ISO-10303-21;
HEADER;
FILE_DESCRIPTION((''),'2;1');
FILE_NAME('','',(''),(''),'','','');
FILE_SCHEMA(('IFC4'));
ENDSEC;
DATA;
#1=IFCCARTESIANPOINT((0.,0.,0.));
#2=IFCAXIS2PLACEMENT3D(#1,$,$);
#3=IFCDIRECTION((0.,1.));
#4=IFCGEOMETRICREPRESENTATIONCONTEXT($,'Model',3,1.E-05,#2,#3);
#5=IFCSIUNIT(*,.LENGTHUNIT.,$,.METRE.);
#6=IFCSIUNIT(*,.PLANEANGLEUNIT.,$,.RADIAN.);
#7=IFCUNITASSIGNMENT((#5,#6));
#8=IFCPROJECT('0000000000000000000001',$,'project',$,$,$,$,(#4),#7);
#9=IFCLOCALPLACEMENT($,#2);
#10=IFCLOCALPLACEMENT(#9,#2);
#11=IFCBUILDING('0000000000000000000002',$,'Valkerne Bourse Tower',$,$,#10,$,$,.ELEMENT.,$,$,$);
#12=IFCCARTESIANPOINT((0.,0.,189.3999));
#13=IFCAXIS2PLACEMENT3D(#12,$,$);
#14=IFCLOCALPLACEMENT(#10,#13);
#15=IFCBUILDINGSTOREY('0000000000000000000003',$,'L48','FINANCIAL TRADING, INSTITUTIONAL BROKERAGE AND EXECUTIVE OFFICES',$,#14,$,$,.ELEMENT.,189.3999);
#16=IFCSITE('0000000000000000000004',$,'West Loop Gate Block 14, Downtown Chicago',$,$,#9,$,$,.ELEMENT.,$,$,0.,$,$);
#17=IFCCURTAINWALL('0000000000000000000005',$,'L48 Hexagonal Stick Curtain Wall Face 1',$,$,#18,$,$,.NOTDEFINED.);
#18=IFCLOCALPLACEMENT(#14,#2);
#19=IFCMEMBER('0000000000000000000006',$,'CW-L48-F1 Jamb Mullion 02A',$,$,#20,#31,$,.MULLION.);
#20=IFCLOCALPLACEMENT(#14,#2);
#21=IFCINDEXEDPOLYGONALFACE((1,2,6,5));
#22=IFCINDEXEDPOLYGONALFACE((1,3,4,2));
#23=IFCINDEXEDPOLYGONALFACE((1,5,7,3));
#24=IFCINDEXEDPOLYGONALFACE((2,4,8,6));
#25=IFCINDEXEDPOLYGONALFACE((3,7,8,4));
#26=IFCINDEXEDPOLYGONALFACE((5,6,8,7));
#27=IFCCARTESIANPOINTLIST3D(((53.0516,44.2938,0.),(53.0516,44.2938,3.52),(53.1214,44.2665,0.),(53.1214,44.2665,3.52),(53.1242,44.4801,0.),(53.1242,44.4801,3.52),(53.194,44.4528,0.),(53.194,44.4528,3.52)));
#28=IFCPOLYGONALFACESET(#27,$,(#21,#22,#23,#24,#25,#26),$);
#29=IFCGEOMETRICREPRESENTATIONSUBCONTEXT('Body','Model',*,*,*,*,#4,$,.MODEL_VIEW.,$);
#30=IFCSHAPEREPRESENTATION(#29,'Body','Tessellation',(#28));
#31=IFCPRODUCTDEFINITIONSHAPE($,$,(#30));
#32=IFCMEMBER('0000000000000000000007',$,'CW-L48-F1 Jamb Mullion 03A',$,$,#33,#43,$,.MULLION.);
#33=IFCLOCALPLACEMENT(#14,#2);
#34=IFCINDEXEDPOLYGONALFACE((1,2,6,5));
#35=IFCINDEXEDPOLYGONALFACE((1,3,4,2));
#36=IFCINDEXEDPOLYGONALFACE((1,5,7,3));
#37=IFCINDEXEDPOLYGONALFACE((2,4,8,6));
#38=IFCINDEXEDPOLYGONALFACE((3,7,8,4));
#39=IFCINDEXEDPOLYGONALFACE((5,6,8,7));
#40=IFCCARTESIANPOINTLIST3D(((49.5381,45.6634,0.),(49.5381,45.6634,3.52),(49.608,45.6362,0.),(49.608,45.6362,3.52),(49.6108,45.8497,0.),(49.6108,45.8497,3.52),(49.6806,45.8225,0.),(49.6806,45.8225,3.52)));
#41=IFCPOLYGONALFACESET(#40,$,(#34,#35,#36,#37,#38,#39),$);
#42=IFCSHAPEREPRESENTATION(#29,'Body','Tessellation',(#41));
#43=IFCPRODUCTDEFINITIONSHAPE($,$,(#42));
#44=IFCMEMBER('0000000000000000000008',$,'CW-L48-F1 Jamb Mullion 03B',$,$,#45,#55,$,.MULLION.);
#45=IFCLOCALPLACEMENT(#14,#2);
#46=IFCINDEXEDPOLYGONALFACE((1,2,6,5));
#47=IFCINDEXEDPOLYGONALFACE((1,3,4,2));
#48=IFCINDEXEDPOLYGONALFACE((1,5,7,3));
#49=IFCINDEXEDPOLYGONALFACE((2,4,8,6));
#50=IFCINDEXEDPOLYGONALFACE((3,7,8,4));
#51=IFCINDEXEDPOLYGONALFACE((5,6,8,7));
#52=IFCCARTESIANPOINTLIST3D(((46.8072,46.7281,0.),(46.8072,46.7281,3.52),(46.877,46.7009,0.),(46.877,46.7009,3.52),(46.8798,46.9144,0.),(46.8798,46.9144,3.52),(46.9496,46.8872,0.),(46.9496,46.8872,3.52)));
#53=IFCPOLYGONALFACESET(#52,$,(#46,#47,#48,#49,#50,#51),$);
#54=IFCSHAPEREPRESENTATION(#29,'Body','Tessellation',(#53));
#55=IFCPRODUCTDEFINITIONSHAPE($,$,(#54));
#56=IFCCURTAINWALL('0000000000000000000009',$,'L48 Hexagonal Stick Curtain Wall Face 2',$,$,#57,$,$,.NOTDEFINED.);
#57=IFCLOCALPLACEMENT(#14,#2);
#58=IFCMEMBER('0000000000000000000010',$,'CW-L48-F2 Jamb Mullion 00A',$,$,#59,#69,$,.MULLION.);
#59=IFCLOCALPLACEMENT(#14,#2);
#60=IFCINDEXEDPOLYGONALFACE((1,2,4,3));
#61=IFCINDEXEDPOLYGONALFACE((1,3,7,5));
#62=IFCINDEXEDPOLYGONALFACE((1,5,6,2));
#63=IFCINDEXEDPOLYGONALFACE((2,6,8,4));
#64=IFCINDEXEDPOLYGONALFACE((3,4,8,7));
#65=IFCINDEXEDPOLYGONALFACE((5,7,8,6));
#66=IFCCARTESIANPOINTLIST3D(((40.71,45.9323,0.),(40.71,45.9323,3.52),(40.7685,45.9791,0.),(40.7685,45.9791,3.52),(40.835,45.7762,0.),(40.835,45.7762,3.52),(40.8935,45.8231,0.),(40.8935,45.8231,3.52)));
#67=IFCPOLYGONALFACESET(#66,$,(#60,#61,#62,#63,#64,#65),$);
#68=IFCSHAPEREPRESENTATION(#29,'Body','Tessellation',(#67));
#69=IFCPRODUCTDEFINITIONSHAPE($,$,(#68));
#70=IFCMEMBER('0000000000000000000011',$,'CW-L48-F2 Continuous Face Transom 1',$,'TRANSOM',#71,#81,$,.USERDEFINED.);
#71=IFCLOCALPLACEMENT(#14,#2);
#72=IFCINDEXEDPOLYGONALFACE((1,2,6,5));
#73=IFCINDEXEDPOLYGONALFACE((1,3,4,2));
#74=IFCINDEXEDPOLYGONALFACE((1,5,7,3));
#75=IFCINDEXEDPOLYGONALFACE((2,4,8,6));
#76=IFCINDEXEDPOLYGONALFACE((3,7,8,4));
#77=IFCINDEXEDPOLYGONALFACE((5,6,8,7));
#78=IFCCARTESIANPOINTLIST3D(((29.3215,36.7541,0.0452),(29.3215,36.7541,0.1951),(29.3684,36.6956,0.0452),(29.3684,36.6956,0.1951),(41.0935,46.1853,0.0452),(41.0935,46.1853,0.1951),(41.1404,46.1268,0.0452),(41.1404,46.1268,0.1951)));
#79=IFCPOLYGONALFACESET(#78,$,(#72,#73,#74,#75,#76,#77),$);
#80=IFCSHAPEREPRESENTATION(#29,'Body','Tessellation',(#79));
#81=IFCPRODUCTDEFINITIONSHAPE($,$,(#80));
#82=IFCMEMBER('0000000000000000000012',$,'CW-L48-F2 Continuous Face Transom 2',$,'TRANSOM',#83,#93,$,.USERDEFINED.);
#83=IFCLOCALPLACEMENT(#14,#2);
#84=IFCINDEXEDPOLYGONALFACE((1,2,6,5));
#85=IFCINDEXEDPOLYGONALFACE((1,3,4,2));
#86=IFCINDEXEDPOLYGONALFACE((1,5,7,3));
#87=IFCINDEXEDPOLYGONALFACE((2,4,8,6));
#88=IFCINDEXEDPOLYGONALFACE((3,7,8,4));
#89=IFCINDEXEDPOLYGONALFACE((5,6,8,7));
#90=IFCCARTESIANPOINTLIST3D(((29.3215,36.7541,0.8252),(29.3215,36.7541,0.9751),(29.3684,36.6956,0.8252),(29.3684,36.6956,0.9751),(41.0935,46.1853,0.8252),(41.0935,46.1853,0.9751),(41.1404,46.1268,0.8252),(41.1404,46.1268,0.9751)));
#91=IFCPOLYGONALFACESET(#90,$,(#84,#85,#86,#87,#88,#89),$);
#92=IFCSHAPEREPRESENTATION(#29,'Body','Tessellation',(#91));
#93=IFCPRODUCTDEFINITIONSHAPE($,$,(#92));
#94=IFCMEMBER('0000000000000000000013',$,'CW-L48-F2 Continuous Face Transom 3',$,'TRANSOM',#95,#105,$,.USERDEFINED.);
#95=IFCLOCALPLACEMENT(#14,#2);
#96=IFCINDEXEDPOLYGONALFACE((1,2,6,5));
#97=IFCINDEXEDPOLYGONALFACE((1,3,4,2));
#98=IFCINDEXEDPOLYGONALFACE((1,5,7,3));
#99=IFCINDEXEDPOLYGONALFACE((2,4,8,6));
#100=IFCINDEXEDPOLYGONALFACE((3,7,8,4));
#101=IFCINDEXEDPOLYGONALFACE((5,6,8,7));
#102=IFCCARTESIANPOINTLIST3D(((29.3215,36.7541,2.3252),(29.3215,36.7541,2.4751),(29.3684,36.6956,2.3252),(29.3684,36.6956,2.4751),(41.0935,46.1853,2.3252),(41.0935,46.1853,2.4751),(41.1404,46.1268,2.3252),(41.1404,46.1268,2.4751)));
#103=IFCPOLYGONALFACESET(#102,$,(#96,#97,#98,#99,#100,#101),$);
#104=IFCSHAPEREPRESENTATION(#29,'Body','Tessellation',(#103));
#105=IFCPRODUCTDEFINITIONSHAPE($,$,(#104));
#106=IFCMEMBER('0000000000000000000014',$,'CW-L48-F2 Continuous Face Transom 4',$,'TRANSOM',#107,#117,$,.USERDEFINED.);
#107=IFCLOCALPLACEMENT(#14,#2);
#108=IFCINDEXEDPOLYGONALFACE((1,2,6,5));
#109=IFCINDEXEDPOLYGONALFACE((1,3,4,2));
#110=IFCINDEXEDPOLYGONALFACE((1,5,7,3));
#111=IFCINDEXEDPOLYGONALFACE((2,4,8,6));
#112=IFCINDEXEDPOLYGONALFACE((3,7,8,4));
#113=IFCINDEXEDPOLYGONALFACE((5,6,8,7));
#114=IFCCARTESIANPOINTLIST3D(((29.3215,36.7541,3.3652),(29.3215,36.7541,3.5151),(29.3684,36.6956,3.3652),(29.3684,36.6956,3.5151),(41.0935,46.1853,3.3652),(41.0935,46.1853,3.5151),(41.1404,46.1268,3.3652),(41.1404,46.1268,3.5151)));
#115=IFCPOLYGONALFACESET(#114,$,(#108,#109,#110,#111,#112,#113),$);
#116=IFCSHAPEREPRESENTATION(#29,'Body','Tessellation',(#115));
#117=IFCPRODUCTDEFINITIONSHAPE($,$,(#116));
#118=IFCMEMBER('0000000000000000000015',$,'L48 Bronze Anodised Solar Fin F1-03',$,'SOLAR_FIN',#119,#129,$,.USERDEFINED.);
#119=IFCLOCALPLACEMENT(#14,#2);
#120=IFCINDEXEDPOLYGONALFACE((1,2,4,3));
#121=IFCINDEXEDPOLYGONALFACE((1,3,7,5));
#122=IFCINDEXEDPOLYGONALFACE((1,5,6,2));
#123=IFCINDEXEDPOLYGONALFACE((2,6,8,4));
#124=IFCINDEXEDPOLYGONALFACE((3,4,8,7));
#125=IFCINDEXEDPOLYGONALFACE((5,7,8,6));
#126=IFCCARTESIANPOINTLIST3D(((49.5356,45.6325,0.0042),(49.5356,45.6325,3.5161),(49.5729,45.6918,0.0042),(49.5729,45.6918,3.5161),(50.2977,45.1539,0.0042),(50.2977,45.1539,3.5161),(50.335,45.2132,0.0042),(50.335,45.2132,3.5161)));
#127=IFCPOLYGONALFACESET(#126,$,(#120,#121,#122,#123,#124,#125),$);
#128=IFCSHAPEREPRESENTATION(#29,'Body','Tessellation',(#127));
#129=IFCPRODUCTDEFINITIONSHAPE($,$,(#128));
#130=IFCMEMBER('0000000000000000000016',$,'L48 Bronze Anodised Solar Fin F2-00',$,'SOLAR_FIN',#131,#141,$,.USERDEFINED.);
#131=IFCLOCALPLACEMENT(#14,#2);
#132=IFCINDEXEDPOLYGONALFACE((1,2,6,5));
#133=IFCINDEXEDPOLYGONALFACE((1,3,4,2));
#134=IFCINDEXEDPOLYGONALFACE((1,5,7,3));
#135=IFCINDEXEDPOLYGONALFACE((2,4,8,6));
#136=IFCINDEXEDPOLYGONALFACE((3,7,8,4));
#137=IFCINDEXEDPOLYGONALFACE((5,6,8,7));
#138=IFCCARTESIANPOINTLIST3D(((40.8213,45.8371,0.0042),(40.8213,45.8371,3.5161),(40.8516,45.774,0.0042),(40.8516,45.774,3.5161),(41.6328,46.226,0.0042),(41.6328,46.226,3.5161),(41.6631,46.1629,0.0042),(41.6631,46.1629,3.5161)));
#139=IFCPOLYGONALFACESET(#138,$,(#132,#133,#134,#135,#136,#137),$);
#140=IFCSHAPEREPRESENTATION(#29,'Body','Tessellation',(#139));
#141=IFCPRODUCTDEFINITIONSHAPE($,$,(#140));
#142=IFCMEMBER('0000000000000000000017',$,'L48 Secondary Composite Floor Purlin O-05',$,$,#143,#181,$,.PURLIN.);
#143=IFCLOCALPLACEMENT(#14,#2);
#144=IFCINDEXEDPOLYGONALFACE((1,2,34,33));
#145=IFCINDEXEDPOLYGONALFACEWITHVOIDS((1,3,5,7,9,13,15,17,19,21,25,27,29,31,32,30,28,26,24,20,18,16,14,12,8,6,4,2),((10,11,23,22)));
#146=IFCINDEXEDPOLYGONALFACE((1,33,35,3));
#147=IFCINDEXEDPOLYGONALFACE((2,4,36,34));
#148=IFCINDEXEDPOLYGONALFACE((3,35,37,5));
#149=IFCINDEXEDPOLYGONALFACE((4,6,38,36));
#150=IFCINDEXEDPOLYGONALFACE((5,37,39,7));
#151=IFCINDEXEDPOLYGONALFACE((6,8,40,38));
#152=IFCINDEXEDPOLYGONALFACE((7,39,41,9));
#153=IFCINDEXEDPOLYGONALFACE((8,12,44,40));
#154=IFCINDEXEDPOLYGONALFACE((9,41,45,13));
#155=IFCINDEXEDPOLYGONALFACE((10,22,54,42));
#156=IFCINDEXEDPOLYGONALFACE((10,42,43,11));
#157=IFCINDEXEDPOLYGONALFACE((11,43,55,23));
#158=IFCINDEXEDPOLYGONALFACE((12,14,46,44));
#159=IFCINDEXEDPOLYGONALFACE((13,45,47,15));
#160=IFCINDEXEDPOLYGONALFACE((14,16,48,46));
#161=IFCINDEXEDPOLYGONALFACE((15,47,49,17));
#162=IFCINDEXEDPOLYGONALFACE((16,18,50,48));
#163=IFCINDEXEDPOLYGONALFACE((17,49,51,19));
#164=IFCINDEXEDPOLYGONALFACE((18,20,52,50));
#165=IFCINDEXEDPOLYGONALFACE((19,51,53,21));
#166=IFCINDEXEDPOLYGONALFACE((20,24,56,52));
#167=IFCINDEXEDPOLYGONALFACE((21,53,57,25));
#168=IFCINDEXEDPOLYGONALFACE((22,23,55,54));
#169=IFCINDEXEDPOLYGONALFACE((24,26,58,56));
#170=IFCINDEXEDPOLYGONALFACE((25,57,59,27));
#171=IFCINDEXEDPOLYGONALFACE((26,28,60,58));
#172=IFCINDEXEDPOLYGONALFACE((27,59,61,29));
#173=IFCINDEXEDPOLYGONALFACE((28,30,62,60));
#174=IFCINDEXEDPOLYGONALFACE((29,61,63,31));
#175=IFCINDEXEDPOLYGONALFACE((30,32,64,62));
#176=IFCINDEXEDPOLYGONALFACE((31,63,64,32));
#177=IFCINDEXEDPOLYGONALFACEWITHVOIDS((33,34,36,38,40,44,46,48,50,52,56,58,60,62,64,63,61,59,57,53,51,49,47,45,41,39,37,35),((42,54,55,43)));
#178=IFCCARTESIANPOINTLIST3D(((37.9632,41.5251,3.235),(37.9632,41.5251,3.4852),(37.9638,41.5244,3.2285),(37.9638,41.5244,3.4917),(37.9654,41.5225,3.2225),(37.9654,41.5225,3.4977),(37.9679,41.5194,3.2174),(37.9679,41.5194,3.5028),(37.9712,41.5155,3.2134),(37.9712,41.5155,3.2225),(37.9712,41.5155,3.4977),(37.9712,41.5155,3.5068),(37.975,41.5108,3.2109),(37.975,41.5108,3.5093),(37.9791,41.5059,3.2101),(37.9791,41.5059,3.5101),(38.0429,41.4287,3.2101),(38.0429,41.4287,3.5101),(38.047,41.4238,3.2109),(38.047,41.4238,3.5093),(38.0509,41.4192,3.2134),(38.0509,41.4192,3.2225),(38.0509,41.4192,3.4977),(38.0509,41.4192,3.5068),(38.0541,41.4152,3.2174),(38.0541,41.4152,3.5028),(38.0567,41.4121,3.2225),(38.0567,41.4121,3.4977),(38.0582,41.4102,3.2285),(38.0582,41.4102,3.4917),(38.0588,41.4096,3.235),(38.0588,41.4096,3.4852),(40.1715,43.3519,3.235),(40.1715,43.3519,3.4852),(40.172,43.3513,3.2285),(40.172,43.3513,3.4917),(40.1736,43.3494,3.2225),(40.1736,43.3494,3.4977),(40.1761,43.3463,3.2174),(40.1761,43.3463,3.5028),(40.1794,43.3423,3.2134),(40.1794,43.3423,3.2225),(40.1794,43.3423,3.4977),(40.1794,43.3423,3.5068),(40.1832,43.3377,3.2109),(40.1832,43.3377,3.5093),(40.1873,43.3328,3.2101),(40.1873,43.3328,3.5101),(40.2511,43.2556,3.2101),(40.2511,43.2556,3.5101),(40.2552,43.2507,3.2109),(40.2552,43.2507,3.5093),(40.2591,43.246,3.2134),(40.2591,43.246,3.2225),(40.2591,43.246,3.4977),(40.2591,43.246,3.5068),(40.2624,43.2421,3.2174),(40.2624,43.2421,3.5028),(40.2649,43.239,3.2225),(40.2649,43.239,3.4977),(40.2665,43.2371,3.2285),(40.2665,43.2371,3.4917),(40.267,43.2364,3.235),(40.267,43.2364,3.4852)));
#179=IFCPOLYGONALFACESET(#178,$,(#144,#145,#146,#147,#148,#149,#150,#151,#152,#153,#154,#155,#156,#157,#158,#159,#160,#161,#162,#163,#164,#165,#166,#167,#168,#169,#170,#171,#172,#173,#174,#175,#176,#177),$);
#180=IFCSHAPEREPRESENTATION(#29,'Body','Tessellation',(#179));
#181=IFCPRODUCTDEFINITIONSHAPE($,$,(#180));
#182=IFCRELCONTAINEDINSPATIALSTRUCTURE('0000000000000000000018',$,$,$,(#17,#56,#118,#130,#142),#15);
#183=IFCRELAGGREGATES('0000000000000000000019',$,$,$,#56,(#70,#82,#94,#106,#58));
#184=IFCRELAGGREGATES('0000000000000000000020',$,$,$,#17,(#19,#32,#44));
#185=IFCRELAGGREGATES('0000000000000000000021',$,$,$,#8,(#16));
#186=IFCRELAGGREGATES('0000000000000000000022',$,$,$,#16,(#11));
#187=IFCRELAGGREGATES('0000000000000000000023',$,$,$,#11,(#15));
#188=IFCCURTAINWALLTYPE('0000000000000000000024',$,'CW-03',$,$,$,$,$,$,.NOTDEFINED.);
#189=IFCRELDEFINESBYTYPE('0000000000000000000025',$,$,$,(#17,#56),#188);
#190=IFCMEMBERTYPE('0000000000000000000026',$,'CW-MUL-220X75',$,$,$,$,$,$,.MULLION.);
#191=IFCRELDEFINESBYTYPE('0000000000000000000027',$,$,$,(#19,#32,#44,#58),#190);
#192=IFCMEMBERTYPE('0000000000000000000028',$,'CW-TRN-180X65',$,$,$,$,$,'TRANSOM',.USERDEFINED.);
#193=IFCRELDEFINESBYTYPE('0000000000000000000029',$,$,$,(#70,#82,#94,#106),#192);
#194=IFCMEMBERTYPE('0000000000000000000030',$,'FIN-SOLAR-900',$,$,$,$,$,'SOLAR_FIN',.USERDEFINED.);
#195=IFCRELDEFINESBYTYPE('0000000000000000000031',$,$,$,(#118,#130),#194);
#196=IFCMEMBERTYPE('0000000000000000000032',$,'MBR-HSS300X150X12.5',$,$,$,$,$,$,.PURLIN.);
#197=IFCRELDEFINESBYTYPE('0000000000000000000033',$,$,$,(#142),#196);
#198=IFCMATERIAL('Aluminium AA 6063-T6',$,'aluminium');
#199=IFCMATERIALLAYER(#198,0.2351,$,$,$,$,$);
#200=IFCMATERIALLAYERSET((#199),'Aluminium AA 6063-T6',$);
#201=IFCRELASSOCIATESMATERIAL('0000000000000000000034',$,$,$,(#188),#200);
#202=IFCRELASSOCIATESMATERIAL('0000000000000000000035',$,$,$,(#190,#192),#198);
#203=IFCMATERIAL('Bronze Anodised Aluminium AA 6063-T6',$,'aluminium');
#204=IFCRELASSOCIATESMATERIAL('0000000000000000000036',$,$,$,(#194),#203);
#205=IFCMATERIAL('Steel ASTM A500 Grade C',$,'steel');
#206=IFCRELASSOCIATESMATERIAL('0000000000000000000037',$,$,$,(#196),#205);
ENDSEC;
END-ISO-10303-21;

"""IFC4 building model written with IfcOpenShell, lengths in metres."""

from ifc_helpers import new_model, si_unit, direction, frame, origin, origin_2d, place, context, subcontext, project, spatial, rectangle, hollow_rectangle, extrude, material, layer, layer_set, material_profile, profile_set, type_object, element, aggregate, save


model = new_model("IFC4")

# Units and contexts
model_context = context("Model", 3, precision=1e-05, world=origin(), true_north=direction((0.0, 1.0)))
body_context = subcontext(model_context, "Body", "Model", "MODEL_VIEW")
ifc_project = project(units=[si_unit("LENGTHUNIT", "METRE"), si_unit("PLANEANGLEUNIT", "RADIAN")], contexts=[model_context])

# Site, building, storey
site_placement = place(None, origin())
site = spatial("IfcSite", under=ifc_project, at=site_placement, Name="West Loop Gate Block 14, Downtown Chicago", CompositionType="ELEMENT", RefElevation=0.0)
building_placement = place(site_placement, origin())
building = spatial("IfcBuilding", under=site, at=building_placement, Name="Valkerne Bourse Tower", CompositionType="ELEMENT")
storey_placement = place(building_placement, frame((0.0, 0.0, 189.3999)))
storey = spatial("IfcBuildingStorey", under=building, at=storey_placement, Name="L48", Description="FINANCIAL TRADING, INSTITUTIONAL BROKERAGE AND EXECUTIVE OFFICES", CompositionType="ELEMENT", Elevation=189.3999)

# Curtain walls, members
ifc_material_1 = material(Name="Aluminium AA 6063-T6", Category="aluminium")
ifc_layer_1 = layer(ifc_material_1, 0.2351)
ifc_layer_set_1 = layer_set([ifc_layer_1], Name="Aluminium AA 6063-T6")
curtain_wall_type = type_object("IfcCurtainWallType", Name="CW-03", PredefinedType="NOTDEFINED", material=ifc_layer_set_1)
curtain_wall_1_placement = place(storey_placement, origin())
curtain_wall_1 = element("IfcCurtainWall", 1, at=curtain_wall_1_placement, inside=storey, type_object=curtain_wall_type, Name="L48 Hexagonal Stick Curtain Wall Face 1", PredefinedType="NOTDEFINED")
ifc_material_profile_1 = material_profile(ifc_material_1, rectangle(XDim=0.075, YDim=0.2, at=origin_2d()), Name="CWM-75X200")
ifc_profile_set_1 = profile_set([ifc_material_profile_1], Name="Aluminium AA 6063-T6")
member_type_1 = type_object("IfcMemberType", Name="CW-MUL-220X75", PredefinedType="MULLION", material=ifc_profile_set_1)
member_1_placement = place(storey_placement, frame((53.1228, 44.3733, 0.0), z_axis=(0.0, 0.0, 1.0), x_axis=(-0.931696, 0.363238, 0.0)))
member_1 = element("IfcMember", 2, at=member_1_placement, type_object=member_type_1, Name="CW-L48-F1 Jamb Mullion 02A", PredefinedType="MULLION", context=body_context, shape_type="SweptSolid", body=[
    extrude(rectangle(XDim=0.075, YDim=0.2, at=origin_2d()), origin(), (0.0, 0.0, 1.0), 3.52),
])
member_2_placement = place(storey_placement, frame((49.6094, 45.7429, 0.0), z_axis=(0.0, 0.0, 1.0), x_axis=(-0.931693, 0.363247, 0.0)))
member_2 = element("IfcMember", 3, at=member_2_placement, type_object=member_type_1, Name="CW-L48-F1 Jamb Mullion 03A", PredefinedType="MULLION", context=body_context, shape_type="SweptSolid", body=[
    extrude(rectangle(XDim=0.075, YDim=0.2, at=origin_2d()), origin(), (0.0, 0.0, 1.0), 3.52),
])
member_3_placement = place(storey_placement, frame((46.8784, 46.8076, 0.0), z_axis=(0.0, 0.0, 1.0), x_axis=(-0.931693, 0.363247, 0.0)))
member_3 = element("IfcMember", 4, at=member_3_placement, type_object=member_type_1, Name="CW-L48-F1 Jamb Mullion 03B", PredefinedType="MULLION", context=body_context, shape_type="SweptSolid", body=[
    extrude(rectangle(XDim=0.075, YDim=0.2, at=origin_2d()), origin(), (0.0, 0.0, 1.0), 3.52),
])
curtain_wall_2_placement = place(storey_placement, origin())
curtain_wall_2 = element("IfcCurtainWall", 5, at=curtain_wall_2_placement, inside=storey, type_object=curtain_wall_type, Name="L48 Hexagonal Stick Curtain Wall Face 2", PredefinedType="NOTDEFINED")
member_4_placement = place(storey_placement, frame((40.8018, 45.8777, 0.0), z_axis=(0.0, 0.0, 1.0), x_axis=(-0.780429, -0.625245, 0.0)))
member_4 = element("IfcMember", 6, at=member_4_placement, type_object=member_type_1, Name="CW-L48-F2 Jamb Mullion 00A", PredefinedType="MULLION", context=body_context, shape_type="SweptSolid", body=[
    extrude(rectangle(XDim=0.075, YDim=0.2, at=origin_2d()), origin(), (0.0, 0.0, 1.0), 3.52),
])
ifc_material_profile_2 = material_profile(ifc_material_1, rectangle(XDim=0.075, YDim=0.1499, at=origin_2d()), Name="CWT-75X150")
ifc_profile_set_2 = profile_set([ifc_material_profile_2], Name="Aluminium AA 6063-T6")
member_type_2 = type_object("IfcMemberType", Name="CW-TRN-180X65", ElementType="TRANSOM", PredefinedType="USERDEFINED", material=ifc_profile_set_2)
member_5_placement = place(storey_placement, frame((41.1169, 46.156, 0.1201), z_axis=(-0.78043, -0.625244, 0.0), x_axis=(0.625244, -0.78043, 0.0)))
member_5 = element("IfcMember", 7, at=member_5_placement, type_object=member_type_2, Name="CW-L48-F2 Continuous Face Transom 1", ObjectType="TRANSOM", PredefinedType="USERDEFINED", context=body_context, shape_type="SweptSolid", body=[
    extrude(rectangle(XDim=0.075, YDim=0.1499, at=origin_2d()), origin(), (0.0, 0.0, 1.0), 15.084),
])
member_6_placement = place(storey_placement, frame((41.1169, 46.156, 0.9001), z_axis=(-0.78043, -0.625244, 0.0), x_axis=(0.625244, -0.78043, 0.0)))
member_6 = element("IfcMember", 8, at=member_6_placement, type_object=member_type_2, Name="CW-L48-F2 Continuous Face Transom 2", ObjectType="TRANSOM", PredefinedType="USERDEFINED", context=body_context, shape_type="SweptSolid", body=[
    extrude(rectangle(XDim=0.075, YDim=0.1499, at=origin_2d()), origin(), (0.0, 0.0, 1.0), 15.084),
])
member_7_placement = place(storey_placement, frame((41.1169, 46.156, 2.4001), z_axis=(-0.78043, -0.625244, 0.0), x_axis=(0.625244, -0.78043, 0.0)))
member_7 = element("IfcMember", 9, at=member_7_placement, type_object=member_type_2, Name="CW-L48-F2 Continuous Face Transom 3", ObjectType="TRANSOM", PredefinedType="USERDEFINED", context=body_context, shape_type="SweptSolid", body=[
    extrude(rectangle(XDim=0.075, YDim=0.1499, at=origin_2d()), origin(), (0.0, 0.0, 1.0), 15.084),
])
member_8_placement = place(storey_placement, frame((41.1169, 46.156, 3.4402), z_axis=(-0.78043, -0.625244, 0.0), x_axis=(0.625244, -0.78043, 0.0)))
member_8 = element("IfcMember", 10, at=member_8_placement, type_object=member_type_2, Name="CW-L48-F2 Continuous Face Transom 4", ObjectType="TRANSOM", PredefinedType="USERDEFINED", context=body_context, shape_type="SweptSolid", body=[
    extrude(rectangle(XDim=0.075, YDim=0.1499, at=origin_2d()), origin(), (0.0, 0.0, 1.0), 15.084),
])
aggregate(curtain_wall_2, [member_5, member_6, member_7, member_8, member_4])

# Members
ifc_material_2 = material(Name="Bronze Anodised Aluminium AA 6063-T6", Category="aluminium")
ifc_material_profile_3 = material_profile(ifc_material_2, rectangle(XDim=0.0701, YDim=0.8999, at=origin_2d()), Name="FIN-70X900")
ifc_profile_set_3 = profile_set([ifc_material_profile_3], Name="Bronze Anodised Aluminium AA 6063-T6")
member_type_3 = type_object("IfcMemberType", Name="FIN-SOLAR-900", ElementType="SOLAR_FIN", PredefinedType="USERDEFINED", material=ifc_profile_set_3)
for number, where, z_axis, x_axis, name in (
    (11, (49.9353, 45.4229, 0.0042), (0.0, 0.0, 1.0), (0.531895, 0.846811, 0.0), "L48 Bronze Anodised Solar Fin F1-03"),
    (12, (41.2422, 46.0, 0.0042), (0.0, 0.0, 1.0), (-0.432148, 0.901803, 0.0), "L48 Bronze Anodised Solar Fin F2-00"),
):
    element("IfcMember", number, at=place(storey_placement, frame(where, z_axis=z_axis, x_axis=x_axis)), inside=storey, type_object=member_type_3, Name=name, ObjectType="SOLAR_FIN", PredefinedType="USERDEFINED", context=body_context, shape_type="SweptSolid", body=[
        extrude(rectangle(XDim=0.0701, YDim=0.8999, at=origin_2d()), origin(), (0.0, 0.0, 1.0), 3.512),
    ])
ifc_material_3 = material(Name="Steel ASTM A500 Grade C", Category="steel")
ifc_material_profile_4 = material_profile(ifc_material_3, hollow_rectangle(XDim=0.1499, YDim=0.3, WallThickness=0.0125, OuterFilletRadius=0.0249, at=origin_2d()), Name="HSS300X150X12.5")
ifc_profile_set_4 = profile_set([ifc_material_profile_4], Name="Steel ASTM A500 Grade C")
member_type_4 = type_object("IfcMemberType", Name="MBR-HSS300X150X12.5", PredefinedType="PURLIN", material=ifc_profile_set_4)
member_9_placement = place(storey_placement, frame((40.2192, 43.2942, 3.3601), z_axis=(-0.7705, -0.63744, 0.0), x_axis=(0.63744, -0.7705, 0.0)))
element("IfcMember", 13, at=member_9_placement, inside=storey, type_object=member_type_4, Name="L48 Secondary Composite Floor Purlin O-05", PredefinedType="PURLIN", context=body_context, shape_type="SweptSolid", body=[
    extrude(hollow_rectangle(XDim=0.1499, YDim=0.3, WallThickness=0.0125, OuterFilletRadius=0.0249, at=origin_2d()), origin(), (0.0, 0.0, 1.0), 2.866),
])

aggregate(curtain_wall_1, [member_1, member_2, member_3])

save(model, "model.ifc")
